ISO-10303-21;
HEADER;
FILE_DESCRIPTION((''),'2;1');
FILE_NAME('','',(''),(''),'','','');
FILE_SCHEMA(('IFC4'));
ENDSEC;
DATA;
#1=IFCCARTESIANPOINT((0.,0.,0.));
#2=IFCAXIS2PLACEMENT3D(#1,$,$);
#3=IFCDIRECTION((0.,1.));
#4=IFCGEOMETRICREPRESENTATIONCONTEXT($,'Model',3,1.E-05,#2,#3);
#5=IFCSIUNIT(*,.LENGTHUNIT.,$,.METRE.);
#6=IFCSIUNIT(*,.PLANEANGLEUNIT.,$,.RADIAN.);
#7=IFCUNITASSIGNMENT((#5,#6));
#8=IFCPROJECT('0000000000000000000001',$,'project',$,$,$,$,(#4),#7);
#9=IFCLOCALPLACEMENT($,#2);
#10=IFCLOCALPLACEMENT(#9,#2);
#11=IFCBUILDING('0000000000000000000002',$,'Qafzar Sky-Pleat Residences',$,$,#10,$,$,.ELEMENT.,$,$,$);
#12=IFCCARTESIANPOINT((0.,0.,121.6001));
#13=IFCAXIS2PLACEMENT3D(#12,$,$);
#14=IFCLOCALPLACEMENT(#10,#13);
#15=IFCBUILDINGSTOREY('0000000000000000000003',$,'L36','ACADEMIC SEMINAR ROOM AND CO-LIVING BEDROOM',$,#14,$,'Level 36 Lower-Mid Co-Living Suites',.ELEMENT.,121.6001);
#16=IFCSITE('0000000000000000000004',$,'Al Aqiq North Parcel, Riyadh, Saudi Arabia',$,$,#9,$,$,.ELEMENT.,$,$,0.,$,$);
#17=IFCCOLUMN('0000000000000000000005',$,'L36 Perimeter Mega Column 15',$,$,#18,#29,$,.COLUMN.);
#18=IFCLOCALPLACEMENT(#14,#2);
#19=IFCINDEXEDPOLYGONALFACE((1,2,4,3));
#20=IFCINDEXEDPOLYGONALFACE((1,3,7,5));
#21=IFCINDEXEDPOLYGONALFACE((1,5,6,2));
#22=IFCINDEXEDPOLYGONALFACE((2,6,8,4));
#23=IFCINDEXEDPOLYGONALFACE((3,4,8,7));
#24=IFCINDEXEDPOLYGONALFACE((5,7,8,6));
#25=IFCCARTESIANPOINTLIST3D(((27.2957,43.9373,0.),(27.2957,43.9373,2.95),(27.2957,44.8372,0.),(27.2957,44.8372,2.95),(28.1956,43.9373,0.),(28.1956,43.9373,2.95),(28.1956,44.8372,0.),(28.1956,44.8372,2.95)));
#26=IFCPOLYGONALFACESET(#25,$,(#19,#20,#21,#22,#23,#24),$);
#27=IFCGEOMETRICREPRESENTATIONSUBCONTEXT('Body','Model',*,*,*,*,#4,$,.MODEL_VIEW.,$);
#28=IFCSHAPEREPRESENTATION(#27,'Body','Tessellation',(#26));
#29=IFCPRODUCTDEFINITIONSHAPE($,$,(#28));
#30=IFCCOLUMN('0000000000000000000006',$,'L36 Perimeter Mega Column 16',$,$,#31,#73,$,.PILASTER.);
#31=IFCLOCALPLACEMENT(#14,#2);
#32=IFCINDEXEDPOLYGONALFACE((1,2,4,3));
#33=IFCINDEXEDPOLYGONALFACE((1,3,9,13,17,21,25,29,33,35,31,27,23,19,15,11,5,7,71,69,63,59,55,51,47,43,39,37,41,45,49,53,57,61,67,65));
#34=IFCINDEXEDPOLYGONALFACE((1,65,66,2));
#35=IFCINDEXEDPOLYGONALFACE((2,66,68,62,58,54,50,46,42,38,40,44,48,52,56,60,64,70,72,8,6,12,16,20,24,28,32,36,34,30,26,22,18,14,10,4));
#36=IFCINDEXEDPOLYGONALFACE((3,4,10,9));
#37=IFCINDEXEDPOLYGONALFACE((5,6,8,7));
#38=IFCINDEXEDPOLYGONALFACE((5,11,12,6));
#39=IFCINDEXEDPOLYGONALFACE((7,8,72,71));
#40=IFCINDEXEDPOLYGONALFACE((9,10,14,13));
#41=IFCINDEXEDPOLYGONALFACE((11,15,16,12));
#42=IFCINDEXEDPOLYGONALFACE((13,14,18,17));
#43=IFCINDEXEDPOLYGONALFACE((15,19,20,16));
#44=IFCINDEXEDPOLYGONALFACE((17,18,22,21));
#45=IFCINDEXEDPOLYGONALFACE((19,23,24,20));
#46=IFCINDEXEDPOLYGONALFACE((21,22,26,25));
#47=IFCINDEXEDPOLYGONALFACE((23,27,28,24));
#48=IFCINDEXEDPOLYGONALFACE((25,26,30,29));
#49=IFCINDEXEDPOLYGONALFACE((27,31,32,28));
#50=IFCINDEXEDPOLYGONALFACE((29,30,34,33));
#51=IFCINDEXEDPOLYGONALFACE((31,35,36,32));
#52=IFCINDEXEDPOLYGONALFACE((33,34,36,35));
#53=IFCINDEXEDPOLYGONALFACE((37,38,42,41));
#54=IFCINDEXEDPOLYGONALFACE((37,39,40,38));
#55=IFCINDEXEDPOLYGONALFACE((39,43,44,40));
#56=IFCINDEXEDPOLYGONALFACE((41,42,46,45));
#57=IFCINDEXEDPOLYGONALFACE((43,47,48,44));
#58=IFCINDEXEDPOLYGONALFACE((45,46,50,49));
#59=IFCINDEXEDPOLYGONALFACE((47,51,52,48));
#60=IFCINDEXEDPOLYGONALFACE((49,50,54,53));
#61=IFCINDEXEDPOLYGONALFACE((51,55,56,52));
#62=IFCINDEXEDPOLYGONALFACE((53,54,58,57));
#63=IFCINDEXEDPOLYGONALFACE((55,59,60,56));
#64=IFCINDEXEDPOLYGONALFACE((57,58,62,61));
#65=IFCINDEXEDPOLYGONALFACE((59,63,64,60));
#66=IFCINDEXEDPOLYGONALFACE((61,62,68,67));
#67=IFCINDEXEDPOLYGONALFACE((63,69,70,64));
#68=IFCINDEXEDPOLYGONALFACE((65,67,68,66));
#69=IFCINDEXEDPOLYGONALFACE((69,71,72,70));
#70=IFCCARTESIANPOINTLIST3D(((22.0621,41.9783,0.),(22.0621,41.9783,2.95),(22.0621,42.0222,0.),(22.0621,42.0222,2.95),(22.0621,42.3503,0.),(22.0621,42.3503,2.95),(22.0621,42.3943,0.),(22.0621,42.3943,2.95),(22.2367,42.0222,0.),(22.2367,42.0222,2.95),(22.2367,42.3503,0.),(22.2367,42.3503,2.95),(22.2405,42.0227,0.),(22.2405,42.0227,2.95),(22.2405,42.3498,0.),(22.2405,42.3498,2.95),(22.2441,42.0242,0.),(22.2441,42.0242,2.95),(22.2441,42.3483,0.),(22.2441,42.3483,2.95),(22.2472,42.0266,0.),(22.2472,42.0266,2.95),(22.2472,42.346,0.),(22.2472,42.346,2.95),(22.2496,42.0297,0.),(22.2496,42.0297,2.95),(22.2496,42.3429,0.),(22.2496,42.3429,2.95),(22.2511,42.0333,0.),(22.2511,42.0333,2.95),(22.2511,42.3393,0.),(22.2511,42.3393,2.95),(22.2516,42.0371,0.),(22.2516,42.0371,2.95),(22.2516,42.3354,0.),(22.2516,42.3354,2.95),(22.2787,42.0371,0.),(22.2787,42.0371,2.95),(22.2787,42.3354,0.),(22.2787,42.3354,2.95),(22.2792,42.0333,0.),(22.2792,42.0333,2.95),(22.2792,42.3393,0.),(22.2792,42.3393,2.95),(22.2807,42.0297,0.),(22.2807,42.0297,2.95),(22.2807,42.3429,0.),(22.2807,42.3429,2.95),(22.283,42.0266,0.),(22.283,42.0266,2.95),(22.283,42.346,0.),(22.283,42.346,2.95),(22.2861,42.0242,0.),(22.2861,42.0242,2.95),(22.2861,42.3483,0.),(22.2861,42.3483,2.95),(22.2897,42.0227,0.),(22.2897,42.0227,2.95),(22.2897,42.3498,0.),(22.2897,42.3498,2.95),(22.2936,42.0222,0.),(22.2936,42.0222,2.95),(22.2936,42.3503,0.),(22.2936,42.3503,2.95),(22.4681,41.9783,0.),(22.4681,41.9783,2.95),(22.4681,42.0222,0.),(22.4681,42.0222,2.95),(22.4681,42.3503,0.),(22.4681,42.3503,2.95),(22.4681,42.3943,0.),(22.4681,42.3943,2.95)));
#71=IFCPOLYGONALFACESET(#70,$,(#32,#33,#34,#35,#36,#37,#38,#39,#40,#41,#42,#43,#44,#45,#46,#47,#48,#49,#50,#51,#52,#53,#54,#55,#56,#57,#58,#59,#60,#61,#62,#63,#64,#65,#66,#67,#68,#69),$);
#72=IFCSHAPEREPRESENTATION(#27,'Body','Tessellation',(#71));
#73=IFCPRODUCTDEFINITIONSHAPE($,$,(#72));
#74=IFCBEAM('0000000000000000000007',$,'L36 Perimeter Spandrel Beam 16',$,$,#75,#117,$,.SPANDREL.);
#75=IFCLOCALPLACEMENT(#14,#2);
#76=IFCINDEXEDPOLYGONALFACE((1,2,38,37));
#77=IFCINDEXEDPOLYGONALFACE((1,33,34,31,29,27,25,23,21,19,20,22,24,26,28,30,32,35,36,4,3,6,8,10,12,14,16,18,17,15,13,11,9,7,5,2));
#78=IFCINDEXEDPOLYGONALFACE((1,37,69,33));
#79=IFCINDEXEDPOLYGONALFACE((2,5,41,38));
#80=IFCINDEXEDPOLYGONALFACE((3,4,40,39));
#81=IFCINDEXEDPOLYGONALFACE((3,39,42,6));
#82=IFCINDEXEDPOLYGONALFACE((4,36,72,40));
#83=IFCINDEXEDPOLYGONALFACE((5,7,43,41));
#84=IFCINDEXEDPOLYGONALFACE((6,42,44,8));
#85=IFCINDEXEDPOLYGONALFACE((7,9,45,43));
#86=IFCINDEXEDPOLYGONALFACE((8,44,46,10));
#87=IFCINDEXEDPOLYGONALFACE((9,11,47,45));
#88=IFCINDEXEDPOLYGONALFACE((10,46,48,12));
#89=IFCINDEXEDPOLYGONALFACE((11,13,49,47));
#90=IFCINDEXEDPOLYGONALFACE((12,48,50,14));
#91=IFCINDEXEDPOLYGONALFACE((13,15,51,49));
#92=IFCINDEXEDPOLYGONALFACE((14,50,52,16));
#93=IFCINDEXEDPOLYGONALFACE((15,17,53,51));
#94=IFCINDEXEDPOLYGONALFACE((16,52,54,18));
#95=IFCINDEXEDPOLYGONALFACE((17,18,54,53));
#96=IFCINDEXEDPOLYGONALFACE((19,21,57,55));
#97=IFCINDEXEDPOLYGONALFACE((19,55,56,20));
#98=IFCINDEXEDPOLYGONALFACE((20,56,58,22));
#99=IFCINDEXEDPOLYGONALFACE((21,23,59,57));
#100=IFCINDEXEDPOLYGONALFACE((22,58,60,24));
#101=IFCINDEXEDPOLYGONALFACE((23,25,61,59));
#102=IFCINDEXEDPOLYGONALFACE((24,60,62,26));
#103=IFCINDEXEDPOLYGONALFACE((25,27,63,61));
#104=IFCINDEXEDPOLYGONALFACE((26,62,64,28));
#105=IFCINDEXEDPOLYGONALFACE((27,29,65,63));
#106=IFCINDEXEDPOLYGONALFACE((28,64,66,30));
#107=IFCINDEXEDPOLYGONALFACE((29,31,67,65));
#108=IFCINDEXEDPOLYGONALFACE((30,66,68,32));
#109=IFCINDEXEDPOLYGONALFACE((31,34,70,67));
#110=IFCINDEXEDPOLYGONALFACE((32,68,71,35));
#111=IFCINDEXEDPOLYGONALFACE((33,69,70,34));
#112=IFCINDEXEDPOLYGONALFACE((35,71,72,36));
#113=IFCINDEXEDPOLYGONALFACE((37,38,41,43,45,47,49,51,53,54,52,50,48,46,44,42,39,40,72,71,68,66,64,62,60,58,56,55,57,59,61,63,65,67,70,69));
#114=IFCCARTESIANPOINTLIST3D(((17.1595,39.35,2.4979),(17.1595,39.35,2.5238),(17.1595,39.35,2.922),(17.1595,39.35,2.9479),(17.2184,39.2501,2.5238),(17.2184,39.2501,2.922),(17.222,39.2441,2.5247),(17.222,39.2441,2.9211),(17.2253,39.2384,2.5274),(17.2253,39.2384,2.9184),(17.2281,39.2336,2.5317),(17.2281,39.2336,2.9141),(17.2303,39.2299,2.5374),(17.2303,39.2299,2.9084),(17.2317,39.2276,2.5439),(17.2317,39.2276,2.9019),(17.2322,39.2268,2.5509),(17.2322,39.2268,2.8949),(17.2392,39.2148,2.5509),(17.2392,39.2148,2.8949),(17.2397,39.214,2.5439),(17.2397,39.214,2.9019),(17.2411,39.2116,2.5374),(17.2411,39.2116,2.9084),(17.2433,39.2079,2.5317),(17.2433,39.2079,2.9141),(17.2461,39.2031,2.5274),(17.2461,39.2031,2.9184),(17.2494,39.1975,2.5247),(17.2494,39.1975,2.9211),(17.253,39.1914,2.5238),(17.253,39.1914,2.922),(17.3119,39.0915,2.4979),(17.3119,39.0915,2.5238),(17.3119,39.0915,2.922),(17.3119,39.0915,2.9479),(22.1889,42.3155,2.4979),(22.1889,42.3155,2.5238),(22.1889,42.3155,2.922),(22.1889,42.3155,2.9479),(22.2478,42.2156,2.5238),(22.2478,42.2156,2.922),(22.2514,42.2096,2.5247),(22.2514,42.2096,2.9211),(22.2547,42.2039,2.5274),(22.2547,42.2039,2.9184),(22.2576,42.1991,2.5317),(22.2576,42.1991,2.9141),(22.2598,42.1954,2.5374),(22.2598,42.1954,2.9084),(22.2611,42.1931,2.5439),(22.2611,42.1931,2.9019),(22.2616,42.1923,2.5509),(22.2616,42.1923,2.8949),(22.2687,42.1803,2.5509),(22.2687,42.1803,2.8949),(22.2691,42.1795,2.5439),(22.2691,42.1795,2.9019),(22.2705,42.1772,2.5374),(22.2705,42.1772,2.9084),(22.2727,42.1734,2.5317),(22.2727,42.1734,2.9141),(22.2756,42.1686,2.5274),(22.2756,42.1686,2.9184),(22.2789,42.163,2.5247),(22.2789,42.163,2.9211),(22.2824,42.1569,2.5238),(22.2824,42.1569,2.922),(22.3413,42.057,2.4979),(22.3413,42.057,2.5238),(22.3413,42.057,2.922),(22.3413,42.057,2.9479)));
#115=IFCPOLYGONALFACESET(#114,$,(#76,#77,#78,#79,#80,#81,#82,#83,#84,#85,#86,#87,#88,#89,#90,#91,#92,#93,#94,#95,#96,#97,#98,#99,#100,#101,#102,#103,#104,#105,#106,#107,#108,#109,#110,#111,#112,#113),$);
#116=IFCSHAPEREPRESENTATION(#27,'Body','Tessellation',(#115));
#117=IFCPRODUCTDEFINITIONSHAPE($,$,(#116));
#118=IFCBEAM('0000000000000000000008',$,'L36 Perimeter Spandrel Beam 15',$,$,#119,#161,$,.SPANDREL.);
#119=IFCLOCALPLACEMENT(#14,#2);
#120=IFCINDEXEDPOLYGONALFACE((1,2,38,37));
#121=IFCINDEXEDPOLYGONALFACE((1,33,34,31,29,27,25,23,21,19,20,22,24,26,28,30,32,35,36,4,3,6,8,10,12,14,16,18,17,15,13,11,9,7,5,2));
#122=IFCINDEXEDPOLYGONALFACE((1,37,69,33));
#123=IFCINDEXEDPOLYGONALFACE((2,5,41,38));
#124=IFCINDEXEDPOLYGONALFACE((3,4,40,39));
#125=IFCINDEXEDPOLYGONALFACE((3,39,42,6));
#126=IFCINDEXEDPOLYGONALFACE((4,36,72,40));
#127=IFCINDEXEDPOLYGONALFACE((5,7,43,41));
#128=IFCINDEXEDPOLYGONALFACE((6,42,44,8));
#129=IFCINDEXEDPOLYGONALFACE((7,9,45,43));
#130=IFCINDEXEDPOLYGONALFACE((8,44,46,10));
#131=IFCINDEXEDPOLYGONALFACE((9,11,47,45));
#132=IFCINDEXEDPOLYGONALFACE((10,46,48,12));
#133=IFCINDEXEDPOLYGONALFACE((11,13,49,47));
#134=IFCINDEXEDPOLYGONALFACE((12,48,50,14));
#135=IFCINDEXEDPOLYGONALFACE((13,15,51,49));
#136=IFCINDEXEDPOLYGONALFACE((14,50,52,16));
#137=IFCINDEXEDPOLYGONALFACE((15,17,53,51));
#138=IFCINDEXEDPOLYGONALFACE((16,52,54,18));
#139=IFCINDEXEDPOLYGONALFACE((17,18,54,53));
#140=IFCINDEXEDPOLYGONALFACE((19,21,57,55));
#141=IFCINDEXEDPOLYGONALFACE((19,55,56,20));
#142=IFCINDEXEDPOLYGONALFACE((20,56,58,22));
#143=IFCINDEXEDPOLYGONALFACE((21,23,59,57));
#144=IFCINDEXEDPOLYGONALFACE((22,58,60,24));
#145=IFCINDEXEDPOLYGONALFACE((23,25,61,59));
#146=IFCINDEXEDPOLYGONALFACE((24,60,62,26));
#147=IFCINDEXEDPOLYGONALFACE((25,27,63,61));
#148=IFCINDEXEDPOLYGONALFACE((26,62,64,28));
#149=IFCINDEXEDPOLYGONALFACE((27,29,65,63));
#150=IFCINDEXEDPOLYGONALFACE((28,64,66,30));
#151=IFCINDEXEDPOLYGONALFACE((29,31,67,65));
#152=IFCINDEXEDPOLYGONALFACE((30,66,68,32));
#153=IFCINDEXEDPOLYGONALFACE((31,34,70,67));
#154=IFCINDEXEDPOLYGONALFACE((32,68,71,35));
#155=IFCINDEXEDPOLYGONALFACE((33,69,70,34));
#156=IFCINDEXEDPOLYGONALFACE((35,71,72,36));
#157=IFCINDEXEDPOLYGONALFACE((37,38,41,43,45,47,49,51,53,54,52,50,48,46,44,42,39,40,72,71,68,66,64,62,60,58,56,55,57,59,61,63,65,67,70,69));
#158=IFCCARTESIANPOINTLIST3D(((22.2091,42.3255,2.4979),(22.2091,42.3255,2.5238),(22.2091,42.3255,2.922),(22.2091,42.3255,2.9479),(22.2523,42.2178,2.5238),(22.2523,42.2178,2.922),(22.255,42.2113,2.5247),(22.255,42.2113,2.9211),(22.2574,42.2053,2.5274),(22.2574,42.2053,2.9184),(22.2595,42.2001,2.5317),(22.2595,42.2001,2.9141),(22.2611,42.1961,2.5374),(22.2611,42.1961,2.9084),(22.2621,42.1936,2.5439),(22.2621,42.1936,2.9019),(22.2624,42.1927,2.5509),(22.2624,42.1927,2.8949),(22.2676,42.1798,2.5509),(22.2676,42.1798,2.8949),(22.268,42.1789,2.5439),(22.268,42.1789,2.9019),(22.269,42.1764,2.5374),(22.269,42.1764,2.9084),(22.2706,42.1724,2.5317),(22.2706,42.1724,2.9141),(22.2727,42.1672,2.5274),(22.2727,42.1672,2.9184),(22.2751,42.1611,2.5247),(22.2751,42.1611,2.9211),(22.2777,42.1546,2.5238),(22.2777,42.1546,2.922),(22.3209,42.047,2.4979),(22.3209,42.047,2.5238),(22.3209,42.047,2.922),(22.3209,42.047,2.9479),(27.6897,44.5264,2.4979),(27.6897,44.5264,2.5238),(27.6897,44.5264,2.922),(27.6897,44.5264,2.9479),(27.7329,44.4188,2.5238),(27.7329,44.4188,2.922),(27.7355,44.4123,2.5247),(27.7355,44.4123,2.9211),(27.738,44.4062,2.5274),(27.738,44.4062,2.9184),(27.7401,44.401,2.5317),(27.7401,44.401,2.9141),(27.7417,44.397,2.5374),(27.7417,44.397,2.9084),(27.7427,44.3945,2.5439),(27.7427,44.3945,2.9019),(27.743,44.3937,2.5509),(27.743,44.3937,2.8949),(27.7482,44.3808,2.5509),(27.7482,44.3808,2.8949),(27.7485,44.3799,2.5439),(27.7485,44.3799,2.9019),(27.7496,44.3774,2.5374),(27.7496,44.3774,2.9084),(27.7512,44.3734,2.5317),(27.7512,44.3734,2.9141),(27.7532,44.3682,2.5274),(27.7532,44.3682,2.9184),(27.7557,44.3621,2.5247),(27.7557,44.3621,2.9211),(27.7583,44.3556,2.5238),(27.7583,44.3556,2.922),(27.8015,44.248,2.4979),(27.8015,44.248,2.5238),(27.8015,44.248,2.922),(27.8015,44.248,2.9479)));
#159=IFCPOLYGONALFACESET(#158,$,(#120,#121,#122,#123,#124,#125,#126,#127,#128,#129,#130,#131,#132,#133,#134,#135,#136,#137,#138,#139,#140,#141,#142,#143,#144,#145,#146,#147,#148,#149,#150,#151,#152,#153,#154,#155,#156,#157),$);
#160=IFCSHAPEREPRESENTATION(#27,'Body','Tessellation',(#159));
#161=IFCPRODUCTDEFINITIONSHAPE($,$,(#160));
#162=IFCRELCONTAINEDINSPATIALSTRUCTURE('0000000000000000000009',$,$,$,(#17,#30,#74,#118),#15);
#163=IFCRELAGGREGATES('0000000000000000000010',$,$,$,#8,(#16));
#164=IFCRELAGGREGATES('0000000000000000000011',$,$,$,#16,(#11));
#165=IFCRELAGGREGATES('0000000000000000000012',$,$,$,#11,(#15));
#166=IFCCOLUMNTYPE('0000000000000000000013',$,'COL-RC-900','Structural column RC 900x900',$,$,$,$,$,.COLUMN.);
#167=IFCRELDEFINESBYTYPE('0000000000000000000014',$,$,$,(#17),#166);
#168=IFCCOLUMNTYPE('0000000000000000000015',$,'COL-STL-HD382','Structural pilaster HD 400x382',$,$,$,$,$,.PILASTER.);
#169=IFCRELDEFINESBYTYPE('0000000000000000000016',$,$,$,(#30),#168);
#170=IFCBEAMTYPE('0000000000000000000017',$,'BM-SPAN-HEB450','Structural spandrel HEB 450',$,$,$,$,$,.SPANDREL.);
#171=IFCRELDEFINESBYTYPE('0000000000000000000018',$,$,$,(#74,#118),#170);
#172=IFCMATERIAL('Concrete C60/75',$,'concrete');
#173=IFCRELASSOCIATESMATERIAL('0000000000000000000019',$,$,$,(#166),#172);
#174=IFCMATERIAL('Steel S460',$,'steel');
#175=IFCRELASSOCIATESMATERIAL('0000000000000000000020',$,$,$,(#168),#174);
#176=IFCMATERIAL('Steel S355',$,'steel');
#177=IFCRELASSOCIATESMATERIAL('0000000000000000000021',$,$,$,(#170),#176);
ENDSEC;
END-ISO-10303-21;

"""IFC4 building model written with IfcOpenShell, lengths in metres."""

from ifc_helpers import new_model, si_unit, direction, frame, origin, origin_2d, place, context, subcontext, project, spatial, rectangle, i_section, extrude, source, transform, mapped, material, material_profile, profile_set, type_object, element, save


model = new_model("IFC4")

# Units and contexts
model_context = context("Model", 3, precision=1e-05, world=origin(), true_north=direction((0.0, 1.0)))
body_context = subcontext(model_context, "Body", "Model", "MODEL_VIEW")
ifc_project = project(units=[si_unit("LENGTHUNIT", "METRE"), si_unit("PLANEANGLEUNIT", "RADIAN")], contexts=[model_context])

# Site, building, storey
site_placement = place(None, origin())
site = spatial("IfcSite", under=ifc_project, at=site_placement, Name="Al Aqiq North Parcel, Riyadh, Saudi Arabia", CompositionType="ELEMENT", RefElevation=0.0)
building_placement = place(site_placement, origin())
building = spatial("IfcBuilding", under=site, at=building_placement, Name="Qafzar Sky-Pleat Residences", CompositionType="ELEMENT")
storey_placement = place(building_placement, frame((0.0, 0.0, 121.6001)))
storey = spatial("IfcBuildingStorey", under=building, at=storey_placement, Name="L36", Description="ACADEMIC SEMINAR ROOM AND CO-LIVING BEDROOM", LongName="Level 36 Lower-Mid Co-Living Suites", CompositionType="ELEMENT", Elevation=121.6001)

# Columns
ifc_material_1 = material(Name="Concrete C60/75", Category="concrete")
ifc_material_profile_1 = material_profile(ifc_material_1, rectangle(XDim=0.8999, YDim=0.8999, at=origin_2d()), Name="RC 900x900")
ifc_profile_set_1 = profile_set([ifc_material_profile_1], Name="Concrete C60/75")
column_type_1 = type_object("IfcColumnType", Name="COL-RC-900", Description="Structural column RC 900x900", PredefinedType="COLUMN", material=ifc_profile_set_1)
shared_shape_1 = source(origin(), body_context, "Body", "SweptSolid", [
    extrude(rectangle(XDim=0.8999, YDim=0.8999, at=origin_2d()), origin(), (0.0, 0.0, 1.0), 2.95),
])
column_1_placement = place(storey_placement, frame((27.7456, 44.3872, 0.0), z_axis=(0.0, 0.0, 1.0), x_axis=(1.0, 0.0, 0.0)))
element("IfcColumn", 1, at=column_1_placement, inside=storey, type_object=column_type_1, Name="L36 Perimeter Mega Column 15", PredefinedType="COLUMN", context=body_context, shape_type="MappedRepresentation", body=[
    mapped(shared_shape_1, transform((0.0, 0.0, 0.0), x_axis=(1.0, 0.0, 0.0), y_axis=(0.0, 1.0, 0.0), z_axis=(0.0, 0.0, 1.0), scale=1.0)),
])
ifc_material_2 = material(Name="Steel S460", Category="steel")
ifc_material_profile_2 = material_profile(ifc_material_2, i_section(OverallWidth=0.406, OverallDepth=0.416, WebThickness=0.0271, FlangeThickness=0.0439, FilletRadius=0.0149, at=origin_2d()), Name="HD 400x382")
ifc_profile_set_2 = profile_set([ifc_material_profile_2], Name="Steel S460")
column_type_2 = type_object("IfcColumnType", Name="COL-STL-HD382", Description="Structural pilaster HD 400x382", PredefinedType="PILASTER", material=ifc_profile_set_2)
shared_shape_2 = source(origin(), body_context, "Body", "SweptSolid", [
    extrude(i_section(OverallWidth=0.406, OverallDepth=0.416, WebThickness=0.0271, FlangeThickness=0.0439, FilletRadius=0.0149, at=origin_2d()), origin(), (0.0, 0.0, 1.0), 2.95),
])
column_2_placement = place(storey_placement, frame((22.2651, 42.1863, 0.0), z_axis=(0.0, 0.0, 1.0), x_axis=(1.0, 0.0, 0.0)))
element("IfcColumn", 2, at=column_2_placement, inside=storey, type_object=column_type_2, Name="L36 Perimeter Mega Column 16", PredefinedType="PILASTER", context=body_context, shape_type="MappedRepresentation", body=[
    mapped(shared_shape_2, transform((0.0, 0.0, 0.0), x_axis=(1.0, 0.0, 0.0), y_axis=(0.0, 1.0, 0.0), z_axis=(0.0, 0.0, 1.0), scale=1.0)),
])

# Beams
ifc_material_3 = material(Name="Steel S355", Category="steel")
ifc_material_profile_3 = material_profile(ifc_material_3, i_section(OverallWidth=0.3, OverallDepth=0.45, WebThickness=0.0139, FlangeThickness=0.0259, FilletRadius=0.0271, at=origin_2d()), Name="HEB 450")
ifc_profile_set_3 = profile_set([ifc_material_profile_3], Name="Steel S355")
beam_type_1 = type_object("IfcBeamType", Name="BM-SPAN-HEB450", Description="Structural spandrel HEB 450", PredefinedType="SPANDREL", material=ifc_profile_set_3)
shared_shape_3 = source(origin(), body_context, "Body", "SweptSolid", [
    extrude(i_section(OverallWidth=0.3, OverallDepth=0.45, WebThickness=0.0139, FlangeThickness=0.0259, FilletRadius=0.0271, at=origin_2d()), origin(), (0.0, 0.0, 1.0), 5.8386),
])
beam_1_placement = place(storey_placement, frame((22.2651, 42.1863, 2.7229), z_axis=(-0.861408, -0.507913, 0.0), x_axis=(0.507913, -0.861408, 0.0)))
element("IfcBeam", 3, at=beam_1_placement, inside=storey, type_object=beam_type_1, Name="L36 Perimeter Spandrel Beam 16", PredefinedType="SPANDREL", context=body_context, shape_type="MappedRepresentation", body=[
    mapped(shared_shape_3, transform((0.0, 0.0, 0.0), x_axis=(1.0, 0.0, 0.0), y_axis=(0.0, 1.0, 0.0), z_axis=(0.0, 0.0, 1.0), scale=1.0)),
])
shared_shape_4 = source(origin(), body_context, "Body", "SweptSolid", [
    extrude(i_section(OverallWidth=0.3, OverallDepth=0.45, WebThickness=0.0139, FlangeThickness=0.0259, FilletRadius=0.0271, at=origin_2d()), origin(), (0.0, 0.0, 1.0), 5.906),
])
beam_2_placement = place(storey_placement, frame((27.7456, 44.3872, 2.7229), z_axis=(-0.927965, -0.372666, 0.0), x_axis=(0.372666, -0.927965, 0.0)))
element("IfcBeam", 4, at=beam_2_placement, inside=storey, type_object=beam_type_1, Name="L36 Perimeter Spandrel Beam 15", PredefinedType="SPANDREL", context=body_context, shape_type="MappedRepresentation", body=[
    mapped(shared_shape_4, transform((0.0, 0.0, 0.0), x_axis=(1.0, 0.0, 0.0), y_axis=(0.0, 1.0, 0.0), z_axis=(0.0, 0.0, 1.0), scale=1.0)),
])

save(model, "model.ifc")
